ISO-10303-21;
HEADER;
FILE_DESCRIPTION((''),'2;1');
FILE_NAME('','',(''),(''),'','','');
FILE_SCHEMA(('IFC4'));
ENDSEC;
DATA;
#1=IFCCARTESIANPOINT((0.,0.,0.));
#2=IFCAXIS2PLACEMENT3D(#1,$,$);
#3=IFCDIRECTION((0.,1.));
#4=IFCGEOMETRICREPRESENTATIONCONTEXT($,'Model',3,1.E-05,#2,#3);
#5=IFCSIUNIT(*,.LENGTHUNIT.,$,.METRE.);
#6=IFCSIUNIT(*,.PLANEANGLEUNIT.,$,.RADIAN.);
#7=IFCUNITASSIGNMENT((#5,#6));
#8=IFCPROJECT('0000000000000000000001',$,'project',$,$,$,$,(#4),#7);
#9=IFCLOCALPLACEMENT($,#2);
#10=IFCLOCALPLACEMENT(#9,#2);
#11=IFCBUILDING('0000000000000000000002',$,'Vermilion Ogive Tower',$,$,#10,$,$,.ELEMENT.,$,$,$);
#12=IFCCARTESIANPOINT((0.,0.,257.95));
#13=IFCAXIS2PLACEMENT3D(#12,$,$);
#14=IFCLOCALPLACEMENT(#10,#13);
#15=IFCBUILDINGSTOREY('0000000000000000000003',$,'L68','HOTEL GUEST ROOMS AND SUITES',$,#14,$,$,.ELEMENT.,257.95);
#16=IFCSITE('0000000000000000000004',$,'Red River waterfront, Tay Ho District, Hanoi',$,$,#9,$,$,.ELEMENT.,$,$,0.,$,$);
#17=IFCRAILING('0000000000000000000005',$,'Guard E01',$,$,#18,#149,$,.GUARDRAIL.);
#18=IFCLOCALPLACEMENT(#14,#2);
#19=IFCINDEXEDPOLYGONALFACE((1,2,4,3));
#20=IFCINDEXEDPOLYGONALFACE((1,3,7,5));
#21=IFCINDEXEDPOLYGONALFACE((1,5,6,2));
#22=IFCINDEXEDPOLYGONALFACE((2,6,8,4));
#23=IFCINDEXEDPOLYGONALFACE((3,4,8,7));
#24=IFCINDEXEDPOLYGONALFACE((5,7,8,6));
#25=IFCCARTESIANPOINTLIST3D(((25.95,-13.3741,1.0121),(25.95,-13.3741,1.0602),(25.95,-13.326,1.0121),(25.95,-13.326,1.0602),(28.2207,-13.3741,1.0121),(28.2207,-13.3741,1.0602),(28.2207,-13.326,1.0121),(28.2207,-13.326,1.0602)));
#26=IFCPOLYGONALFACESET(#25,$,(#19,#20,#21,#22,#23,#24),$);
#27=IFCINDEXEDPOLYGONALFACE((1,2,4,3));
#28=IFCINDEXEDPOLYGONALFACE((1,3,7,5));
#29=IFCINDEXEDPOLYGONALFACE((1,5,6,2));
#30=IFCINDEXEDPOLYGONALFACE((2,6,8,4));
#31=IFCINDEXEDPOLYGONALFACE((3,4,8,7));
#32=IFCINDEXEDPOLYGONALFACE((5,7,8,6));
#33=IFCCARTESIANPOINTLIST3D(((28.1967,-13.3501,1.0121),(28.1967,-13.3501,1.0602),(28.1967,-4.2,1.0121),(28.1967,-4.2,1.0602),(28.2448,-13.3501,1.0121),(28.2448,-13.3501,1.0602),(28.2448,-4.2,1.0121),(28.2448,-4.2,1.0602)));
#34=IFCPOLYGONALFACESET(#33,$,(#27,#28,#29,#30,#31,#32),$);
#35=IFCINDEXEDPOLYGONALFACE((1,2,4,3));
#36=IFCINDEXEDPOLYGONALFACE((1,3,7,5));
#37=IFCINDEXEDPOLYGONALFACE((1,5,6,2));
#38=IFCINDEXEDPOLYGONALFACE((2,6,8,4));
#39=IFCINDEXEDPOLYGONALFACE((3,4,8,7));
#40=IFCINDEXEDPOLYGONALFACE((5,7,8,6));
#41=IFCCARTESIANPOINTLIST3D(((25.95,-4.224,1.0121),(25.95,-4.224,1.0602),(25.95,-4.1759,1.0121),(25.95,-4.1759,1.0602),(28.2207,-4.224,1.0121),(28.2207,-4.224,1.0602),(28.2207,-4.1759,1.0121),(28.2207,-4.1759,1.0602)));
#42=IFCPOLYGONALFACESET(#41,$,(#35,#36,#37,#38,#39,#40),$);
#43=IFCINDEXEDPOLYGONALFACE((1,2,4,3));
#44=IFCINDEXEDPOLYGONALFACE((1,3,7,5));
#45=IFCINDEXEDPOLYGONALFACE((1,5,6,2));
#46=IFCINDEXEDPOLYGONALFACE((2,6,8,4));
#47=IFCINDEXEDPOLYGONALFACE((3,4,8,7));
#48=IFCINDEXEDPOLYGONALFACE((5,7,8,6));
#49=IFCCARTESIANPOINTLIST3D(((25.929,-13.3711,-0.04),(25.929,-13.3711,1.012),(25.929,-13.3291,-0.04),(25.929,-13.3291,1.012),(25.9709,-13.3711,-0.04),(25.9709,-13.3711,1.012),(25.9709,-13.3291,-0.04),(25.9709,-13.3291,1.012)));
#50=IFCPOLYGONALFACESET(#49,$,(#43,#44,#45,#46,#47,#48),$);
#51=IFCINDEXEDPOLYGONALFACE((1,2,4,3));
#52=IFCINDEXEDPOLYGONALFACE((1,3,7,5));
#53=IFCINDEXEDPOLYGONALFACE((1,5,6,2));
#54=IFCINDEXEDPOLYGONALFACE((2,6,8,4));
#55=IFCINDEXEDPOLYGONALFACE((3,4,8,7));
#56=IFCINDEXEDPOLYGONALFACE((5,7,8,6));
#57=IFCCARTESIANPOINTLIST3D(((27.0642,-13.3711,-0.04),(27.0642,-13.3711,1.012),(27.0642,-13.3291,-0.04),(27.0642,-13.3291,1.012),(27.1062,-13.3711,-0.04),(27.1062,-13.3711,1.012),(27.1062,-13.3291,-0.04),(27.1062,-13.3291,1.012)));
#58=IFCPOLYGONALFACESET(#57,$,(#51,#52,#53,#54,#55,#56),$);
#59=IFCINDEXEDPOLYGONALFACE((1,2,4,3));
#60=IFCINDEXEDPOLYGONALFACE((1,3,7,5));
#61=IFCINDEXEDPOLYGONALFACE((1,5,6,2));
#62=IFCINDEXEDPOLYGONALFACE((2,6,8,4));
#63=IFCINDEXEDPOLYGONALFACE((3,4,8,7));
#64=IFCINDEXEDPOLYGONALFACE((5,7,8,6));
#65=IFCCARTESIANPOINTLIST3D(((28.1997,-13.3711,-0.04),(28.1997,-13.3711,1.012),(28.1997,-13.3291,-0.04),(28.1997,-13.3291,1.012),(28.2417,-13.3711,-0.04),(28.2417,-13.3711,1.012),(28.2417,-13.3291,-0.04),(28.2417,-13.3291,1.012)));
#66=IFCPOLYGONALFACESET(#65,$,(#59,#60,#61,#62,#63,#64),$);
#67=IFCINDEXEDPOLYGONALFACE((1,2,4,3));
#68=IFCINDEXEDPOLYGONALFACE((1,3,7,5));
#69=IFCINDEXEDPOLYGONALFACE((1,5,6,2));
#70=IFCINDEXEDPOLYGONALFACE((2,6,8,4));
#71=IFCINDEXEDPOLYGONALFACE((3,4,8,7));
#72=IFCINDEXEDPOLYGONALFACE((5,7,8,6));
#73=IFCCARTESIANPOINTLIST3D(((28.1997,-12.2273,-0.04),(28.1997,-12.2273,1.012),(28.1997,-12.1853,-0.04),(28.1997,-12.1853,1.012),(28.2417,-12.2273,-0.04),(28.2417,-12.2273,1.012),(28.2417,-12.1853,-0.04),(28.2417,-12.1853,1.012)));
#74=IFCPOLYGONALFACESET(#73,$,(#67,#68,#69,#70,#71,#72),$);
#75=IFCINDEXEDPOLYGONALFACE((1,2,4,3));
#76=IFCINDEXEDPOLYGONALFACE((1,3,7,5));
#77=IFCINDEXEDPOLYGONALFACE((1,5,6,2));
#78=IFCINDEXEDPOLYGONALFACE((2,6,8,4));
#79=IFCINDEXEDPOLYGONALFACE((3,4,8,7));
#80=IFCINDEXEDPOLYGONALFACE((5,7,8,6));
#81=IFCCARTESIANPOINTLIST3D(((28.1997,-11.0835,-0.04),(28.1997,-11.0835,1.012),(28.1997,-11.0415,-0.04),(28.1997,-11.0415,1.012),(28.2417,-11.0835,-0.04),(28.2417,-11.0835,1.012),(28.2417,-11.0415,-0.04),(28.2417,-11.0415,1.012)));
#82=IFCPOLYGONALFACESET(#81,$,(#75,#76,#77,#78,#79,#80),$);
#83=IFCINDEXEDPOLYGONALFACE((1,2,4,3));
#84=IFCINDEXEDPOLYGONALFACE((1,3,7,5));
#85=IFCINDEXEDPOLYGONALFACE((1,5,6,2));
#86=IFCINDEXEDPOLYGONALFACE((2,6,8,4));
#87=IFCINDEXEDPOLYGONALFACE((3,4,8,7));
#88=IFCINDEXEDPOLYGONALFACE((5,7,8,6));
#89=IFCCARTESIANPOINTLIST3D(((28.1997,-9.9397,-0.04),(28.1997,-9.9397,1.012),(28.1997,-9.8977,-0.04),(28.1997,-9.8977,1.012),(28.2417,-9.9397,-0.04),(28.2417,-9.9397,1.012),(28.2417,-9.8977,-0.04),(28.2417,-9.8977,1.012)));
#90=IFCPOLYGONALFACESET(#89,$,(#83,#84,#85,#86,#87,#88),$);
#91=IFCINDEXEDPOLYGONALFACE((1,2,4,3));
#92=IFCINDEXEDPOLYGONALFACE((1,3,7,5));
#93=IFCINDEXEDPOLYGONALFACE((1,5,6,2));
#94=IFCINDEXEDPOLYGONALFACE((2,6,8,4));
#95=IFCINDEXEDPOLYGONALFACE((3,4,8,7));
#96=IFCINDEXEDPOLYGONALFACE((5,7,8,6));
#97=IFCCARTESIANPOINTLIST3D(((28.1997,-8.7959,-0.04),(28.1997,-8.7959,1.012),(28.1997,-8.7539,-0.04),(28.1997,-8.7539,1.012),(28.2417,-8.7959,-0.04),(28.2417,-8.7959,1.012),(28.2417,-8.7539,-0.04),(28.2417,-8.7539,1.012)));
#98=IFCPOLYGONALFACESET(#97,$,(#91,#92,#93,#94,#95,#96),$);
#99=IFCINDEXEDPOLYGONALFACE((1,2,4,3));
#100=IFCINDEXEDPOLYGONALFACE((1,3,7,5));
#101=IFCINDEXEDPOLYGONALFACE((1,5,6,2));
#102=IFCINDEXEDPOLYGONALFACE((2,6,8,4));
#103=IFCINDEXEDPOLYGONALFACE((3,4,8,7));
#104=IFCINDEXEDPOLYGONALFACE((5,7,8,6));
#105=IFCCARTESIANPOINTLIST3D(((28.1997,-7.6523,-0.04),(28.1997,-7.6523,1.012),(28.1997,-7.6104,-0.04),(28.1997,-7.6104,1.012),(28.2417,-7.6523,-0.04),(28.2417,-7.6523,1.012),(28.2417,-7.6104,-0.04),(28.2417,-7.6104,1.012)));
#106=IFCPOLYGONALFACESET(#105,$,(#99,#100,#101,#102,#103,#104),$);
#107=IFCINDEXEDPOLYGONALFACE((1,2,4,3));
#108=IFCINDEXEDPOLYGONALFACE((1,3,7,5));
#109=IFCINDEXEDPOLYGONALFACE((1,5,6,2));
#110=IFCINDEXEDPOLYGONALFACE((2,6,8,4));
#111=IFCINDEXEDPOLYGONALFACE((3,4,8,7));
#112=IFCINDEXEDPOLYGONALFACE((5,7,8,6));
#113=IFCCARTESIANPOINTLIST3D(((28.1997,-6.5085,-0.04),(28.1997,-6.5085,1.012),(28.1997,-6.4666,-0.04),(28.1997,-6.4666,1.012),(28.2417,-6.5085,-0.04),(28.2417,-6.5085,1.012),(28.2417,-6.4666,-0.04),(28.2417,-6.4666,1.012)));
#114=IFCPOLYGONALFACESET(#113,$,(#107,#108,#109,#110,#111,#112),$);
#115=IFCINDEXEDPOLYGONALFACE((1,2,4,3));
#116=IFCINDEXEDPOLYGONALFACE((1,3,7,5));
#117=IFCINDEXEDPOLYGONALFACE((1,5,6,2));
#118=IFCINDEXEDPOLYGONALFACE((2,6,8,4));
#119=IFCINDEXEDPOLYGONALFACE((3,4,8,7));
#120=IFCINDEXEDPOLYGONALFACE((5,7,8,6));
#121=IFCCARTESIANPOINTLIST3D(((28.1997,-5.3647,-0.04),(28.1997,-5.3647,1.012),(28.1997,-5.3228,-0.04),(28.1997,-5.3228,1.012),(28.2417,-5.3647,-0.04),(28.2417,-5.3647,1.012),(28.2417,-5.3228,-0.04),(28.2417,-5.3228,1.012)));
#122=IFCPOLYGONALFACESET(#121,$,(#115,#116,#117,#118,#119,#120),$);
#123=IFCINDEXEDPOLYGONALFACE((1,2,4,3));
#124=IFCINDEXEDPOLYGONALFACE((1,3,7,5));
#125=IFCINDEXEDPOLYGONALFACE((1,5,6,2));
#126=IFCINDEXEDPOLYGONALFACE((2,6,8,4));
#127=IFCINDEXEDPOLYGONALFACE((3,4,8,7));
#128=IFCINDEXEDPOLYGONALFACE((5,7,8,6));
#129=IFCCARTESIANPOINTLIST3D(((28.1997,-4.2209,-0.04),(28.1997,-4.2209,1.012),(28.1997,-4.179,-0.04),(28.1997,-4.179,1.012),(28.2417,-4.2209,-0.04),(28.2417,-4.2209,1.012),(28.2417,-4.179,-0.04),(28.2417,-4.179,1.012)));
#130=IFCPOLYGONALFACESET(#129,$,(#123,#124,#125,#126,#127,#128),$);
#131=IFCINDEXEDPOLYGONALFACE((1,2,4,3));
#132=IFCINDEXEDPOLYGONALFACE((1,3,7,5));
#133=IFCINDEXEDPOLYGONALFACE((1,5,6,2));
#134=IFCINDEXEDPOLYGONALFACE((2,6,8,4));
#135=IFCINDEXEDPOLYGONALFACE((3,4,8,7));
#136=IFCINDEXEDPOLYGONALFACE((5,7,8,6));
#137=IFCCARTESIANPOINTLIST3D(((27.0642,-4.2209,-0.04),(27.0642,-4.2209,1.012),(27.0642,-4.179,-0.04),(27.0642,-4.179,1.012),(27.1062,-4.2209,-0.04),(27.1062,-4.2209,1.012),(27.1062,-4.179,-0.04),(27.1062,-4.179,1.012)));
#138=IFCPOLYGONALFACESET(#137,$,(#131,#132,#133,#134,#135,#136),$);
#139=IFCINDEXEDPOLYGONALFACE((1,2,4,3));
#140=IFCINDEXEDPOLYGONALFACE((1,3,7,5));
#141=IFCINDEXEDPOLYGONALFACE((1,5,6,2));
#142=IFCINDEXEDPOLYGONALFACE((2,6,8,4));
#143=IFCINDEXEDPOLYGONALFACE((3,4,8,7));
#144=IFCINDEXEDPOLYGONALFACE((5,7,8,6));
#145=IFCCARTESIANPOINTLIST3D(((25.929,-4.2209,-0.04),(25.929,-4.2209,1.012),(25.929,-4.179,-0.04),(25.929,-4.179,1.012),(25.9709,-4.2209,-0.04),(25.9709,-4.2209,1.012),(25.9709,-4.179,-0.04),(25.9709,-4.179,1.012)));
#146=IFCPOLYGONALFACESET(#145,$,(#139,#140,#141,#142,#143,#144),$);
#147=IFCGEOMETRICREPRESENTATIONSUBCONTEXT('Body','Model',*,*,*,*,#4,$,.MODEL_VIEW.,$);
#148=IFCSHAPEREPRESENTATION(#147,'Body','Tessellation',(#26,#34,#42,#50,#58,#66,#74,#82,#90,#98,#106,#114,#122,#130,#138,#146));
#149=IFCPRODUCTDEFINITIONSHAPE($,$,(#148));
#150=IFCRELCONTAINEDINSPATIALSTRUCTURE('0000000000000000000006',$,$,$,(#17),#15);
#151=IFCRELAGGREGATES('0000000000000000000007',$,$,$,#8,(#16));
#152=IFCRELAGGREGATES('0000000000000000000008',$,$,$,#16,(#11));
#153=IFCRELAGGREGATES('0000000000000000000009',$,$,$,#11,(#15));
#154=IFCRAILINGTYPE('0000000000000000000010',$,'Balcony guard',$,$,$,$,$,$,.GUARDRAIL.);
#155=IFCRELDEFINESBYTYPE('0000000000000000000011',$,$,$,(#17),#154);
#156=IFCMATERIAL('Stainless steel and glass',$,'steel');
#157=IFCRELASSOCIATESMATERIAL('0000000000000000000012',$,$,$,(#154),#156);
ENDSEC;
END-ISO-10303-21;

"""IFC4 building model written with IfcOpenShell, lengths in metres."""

from ifc_helpers import new_model, si_unit, direction, frame, origin, origin_2d, place, context, subcontext, project, spatial, rectangle, extrude, material, type_object, element, save


model = new_model("IFC4")

# Units and contexts
model_context = context("Model", 3, precision=1e-05, world=origin(), true_north=direction((0.0, 1.0)))
body_context = subcontext(model_context, "Body", "Model", "MODEL_VIEW")
ifc_project = project(units=[si_unit("LENGTHUNIT", "METRE"), si_unit("PLANEANGLEUNIT", "RADIAN")], contexts=[model_context])

# Site, building, storey
site_placement = place(None, origin())
site = spatial("IfcSite", under=ifc_project, at=site_placement, Name="Red River waterfront, Tay Ho District, Hanoi", CompositionType="ELEMENT", RefElevation=0.0)
building_placement = place(site_placement, origin())
building = spatial("IfcBuilding", under=site, at=building_placement, Name="Vermilion Ogive Tower", CompositionType="ELEMENT")
storey_placement = place(building_placement, frame((0.0, 0.0, 257.95)))
storey = spatial("IfcBuildingStorey", under=building, at=storey_placement, Name="L68", Description="HOTEL GUEST ROOMS AND SUITES", CompositionType="ELEMENT", Elevation=257.95)

# Railing
ifc_material_1 = material(Name="Stainless steel and glass", Category="steel")
railing_type_1 = type_object("IfcRailingType", Name="Balcony guard", PredefinedType="GUARDRAIL", material=ifc_material_1)
railing_1_placement = place(storey_placement, frame((25.95, -13.3501, -0.04)))
element("IfcRailing", 1, at=railing_1_placement, inside=storey, type_object=railing_type_1, Name="Guard E01", PredefinedType="GUARDRAIL", context=body_context, shape_type="SweptSolid", body=[
    extrude(rectangle(XDim=0.0481, YDim=0.0481, at=origin_2d()), frame((0.0, 0.0, 1.0762), z_axis=(1.0, 0.0, 0.0), x_axis=(0.0, 1.0, 0.0)), (0.0, 0.0, 1.0), 2.2708),
    extrude(rectangle(XDim=0.0481, YDim=0.0481, at=origin_2d()), frame((2.2708, 0.0, 1.0762), z_axis=(0.0, 1.0, 0.0), x_axis=(-1.0, 0.0, 0.0)), (0.0, 0.0, 1.0), 9.1501),
    extrude(rectangle(XDim=0.0481, YDim=0.0481, at=origin_2d()), frame((2.2708, 9.1501, 1.0762), z_axis=(-1.0, 0.0, 0.0), x_axis=(0.0, -1.0, 0.0)), (0.0, 0.0, 1.0), 2.2708),
    extrude(rectangle(XDim=0.042, YDim=0.042, at=origin_2d()), origin(), (0.0, 0.0, 1.0), 1.052),
    extrude(rectangle(XDim=0.042, YDim=0.042, at=origin_2d()), frame((1.1353, 0.0, 0.0)), (0.0, 0.0, 1.0), 1.052),
    extrude(rectangle(XDim=0.042, YDim=0.042, at=origin_2d()), frame((2.2708, 0.0, 0.0)), (0.0, 0.0, 1.0), 1.052),
    extrude(rectangle(XDim=0.042, YDim=0.042, at=origin_2d()), frame((2.2708, 1.1438, 0.0)), (0.0, 0.0, 1.0), 1.052),
    extrude(rectangle(XDim=0.042, YDim=0.042, at=origin_2d()), frame((2.2708, 2.2876, 0.0)), (0.0, 0.0, 1.0), 1.052),
    extrude(rectangle(XDim=0.042, YDim=0.042, at=origin_2d()), frame((2.2708, 3.4314, 0.0)), (0.0, 0.0, 1.0), 1.052),
    extrude(rectangle(XDim=0.042, YDim=0.042, at=origin_2d()), frame((2.2708, 4.5752, 0.0)), (0.0, 0.0, 1.0), 1.052),
    extrude(rectangle(XDim=0.042, YDim=0.042, at=origin_2d()), frame((2.2708, 5.7188, 0.0)), (0.0, 0.0, 1.0), 1.052),
    extrude(rectangle(XDim=0.042, YDim=0.042, at=origin_2d()), frame((2.2708, 6.8625, 0.0)), (0.0, 0.0, 1.0), 1.052),
    extrude(rectangle(XDim=0.042, YDim=0.042, at=origin_2d()), frame((2.2708, 8.0063, 0.0)), (0.0, 0.0, 1.0), 1.052),
    extrude(rectangle(XDim=0.042, YDim=0.042, at=origin_2d()), frame((2.2708, 9.1501, 0.0)), (0.0, 0.0, 1.0), 1.052),
    extrude(rectangle(XDim=0.042, YDim=0.042, at=origin_2d()), frame((1.1353, 9.1501, 0.0)), (0.0, 0.0, 1.0), 1.052),
    extrude(rectangle(XDim=0.042, YDim=0.042, at=origin_2d()), frame((0.0, 9.1501, 0.0)), (0.0, 0.0, 1.0), 1.052),
])

save(model, "model.ifc")
